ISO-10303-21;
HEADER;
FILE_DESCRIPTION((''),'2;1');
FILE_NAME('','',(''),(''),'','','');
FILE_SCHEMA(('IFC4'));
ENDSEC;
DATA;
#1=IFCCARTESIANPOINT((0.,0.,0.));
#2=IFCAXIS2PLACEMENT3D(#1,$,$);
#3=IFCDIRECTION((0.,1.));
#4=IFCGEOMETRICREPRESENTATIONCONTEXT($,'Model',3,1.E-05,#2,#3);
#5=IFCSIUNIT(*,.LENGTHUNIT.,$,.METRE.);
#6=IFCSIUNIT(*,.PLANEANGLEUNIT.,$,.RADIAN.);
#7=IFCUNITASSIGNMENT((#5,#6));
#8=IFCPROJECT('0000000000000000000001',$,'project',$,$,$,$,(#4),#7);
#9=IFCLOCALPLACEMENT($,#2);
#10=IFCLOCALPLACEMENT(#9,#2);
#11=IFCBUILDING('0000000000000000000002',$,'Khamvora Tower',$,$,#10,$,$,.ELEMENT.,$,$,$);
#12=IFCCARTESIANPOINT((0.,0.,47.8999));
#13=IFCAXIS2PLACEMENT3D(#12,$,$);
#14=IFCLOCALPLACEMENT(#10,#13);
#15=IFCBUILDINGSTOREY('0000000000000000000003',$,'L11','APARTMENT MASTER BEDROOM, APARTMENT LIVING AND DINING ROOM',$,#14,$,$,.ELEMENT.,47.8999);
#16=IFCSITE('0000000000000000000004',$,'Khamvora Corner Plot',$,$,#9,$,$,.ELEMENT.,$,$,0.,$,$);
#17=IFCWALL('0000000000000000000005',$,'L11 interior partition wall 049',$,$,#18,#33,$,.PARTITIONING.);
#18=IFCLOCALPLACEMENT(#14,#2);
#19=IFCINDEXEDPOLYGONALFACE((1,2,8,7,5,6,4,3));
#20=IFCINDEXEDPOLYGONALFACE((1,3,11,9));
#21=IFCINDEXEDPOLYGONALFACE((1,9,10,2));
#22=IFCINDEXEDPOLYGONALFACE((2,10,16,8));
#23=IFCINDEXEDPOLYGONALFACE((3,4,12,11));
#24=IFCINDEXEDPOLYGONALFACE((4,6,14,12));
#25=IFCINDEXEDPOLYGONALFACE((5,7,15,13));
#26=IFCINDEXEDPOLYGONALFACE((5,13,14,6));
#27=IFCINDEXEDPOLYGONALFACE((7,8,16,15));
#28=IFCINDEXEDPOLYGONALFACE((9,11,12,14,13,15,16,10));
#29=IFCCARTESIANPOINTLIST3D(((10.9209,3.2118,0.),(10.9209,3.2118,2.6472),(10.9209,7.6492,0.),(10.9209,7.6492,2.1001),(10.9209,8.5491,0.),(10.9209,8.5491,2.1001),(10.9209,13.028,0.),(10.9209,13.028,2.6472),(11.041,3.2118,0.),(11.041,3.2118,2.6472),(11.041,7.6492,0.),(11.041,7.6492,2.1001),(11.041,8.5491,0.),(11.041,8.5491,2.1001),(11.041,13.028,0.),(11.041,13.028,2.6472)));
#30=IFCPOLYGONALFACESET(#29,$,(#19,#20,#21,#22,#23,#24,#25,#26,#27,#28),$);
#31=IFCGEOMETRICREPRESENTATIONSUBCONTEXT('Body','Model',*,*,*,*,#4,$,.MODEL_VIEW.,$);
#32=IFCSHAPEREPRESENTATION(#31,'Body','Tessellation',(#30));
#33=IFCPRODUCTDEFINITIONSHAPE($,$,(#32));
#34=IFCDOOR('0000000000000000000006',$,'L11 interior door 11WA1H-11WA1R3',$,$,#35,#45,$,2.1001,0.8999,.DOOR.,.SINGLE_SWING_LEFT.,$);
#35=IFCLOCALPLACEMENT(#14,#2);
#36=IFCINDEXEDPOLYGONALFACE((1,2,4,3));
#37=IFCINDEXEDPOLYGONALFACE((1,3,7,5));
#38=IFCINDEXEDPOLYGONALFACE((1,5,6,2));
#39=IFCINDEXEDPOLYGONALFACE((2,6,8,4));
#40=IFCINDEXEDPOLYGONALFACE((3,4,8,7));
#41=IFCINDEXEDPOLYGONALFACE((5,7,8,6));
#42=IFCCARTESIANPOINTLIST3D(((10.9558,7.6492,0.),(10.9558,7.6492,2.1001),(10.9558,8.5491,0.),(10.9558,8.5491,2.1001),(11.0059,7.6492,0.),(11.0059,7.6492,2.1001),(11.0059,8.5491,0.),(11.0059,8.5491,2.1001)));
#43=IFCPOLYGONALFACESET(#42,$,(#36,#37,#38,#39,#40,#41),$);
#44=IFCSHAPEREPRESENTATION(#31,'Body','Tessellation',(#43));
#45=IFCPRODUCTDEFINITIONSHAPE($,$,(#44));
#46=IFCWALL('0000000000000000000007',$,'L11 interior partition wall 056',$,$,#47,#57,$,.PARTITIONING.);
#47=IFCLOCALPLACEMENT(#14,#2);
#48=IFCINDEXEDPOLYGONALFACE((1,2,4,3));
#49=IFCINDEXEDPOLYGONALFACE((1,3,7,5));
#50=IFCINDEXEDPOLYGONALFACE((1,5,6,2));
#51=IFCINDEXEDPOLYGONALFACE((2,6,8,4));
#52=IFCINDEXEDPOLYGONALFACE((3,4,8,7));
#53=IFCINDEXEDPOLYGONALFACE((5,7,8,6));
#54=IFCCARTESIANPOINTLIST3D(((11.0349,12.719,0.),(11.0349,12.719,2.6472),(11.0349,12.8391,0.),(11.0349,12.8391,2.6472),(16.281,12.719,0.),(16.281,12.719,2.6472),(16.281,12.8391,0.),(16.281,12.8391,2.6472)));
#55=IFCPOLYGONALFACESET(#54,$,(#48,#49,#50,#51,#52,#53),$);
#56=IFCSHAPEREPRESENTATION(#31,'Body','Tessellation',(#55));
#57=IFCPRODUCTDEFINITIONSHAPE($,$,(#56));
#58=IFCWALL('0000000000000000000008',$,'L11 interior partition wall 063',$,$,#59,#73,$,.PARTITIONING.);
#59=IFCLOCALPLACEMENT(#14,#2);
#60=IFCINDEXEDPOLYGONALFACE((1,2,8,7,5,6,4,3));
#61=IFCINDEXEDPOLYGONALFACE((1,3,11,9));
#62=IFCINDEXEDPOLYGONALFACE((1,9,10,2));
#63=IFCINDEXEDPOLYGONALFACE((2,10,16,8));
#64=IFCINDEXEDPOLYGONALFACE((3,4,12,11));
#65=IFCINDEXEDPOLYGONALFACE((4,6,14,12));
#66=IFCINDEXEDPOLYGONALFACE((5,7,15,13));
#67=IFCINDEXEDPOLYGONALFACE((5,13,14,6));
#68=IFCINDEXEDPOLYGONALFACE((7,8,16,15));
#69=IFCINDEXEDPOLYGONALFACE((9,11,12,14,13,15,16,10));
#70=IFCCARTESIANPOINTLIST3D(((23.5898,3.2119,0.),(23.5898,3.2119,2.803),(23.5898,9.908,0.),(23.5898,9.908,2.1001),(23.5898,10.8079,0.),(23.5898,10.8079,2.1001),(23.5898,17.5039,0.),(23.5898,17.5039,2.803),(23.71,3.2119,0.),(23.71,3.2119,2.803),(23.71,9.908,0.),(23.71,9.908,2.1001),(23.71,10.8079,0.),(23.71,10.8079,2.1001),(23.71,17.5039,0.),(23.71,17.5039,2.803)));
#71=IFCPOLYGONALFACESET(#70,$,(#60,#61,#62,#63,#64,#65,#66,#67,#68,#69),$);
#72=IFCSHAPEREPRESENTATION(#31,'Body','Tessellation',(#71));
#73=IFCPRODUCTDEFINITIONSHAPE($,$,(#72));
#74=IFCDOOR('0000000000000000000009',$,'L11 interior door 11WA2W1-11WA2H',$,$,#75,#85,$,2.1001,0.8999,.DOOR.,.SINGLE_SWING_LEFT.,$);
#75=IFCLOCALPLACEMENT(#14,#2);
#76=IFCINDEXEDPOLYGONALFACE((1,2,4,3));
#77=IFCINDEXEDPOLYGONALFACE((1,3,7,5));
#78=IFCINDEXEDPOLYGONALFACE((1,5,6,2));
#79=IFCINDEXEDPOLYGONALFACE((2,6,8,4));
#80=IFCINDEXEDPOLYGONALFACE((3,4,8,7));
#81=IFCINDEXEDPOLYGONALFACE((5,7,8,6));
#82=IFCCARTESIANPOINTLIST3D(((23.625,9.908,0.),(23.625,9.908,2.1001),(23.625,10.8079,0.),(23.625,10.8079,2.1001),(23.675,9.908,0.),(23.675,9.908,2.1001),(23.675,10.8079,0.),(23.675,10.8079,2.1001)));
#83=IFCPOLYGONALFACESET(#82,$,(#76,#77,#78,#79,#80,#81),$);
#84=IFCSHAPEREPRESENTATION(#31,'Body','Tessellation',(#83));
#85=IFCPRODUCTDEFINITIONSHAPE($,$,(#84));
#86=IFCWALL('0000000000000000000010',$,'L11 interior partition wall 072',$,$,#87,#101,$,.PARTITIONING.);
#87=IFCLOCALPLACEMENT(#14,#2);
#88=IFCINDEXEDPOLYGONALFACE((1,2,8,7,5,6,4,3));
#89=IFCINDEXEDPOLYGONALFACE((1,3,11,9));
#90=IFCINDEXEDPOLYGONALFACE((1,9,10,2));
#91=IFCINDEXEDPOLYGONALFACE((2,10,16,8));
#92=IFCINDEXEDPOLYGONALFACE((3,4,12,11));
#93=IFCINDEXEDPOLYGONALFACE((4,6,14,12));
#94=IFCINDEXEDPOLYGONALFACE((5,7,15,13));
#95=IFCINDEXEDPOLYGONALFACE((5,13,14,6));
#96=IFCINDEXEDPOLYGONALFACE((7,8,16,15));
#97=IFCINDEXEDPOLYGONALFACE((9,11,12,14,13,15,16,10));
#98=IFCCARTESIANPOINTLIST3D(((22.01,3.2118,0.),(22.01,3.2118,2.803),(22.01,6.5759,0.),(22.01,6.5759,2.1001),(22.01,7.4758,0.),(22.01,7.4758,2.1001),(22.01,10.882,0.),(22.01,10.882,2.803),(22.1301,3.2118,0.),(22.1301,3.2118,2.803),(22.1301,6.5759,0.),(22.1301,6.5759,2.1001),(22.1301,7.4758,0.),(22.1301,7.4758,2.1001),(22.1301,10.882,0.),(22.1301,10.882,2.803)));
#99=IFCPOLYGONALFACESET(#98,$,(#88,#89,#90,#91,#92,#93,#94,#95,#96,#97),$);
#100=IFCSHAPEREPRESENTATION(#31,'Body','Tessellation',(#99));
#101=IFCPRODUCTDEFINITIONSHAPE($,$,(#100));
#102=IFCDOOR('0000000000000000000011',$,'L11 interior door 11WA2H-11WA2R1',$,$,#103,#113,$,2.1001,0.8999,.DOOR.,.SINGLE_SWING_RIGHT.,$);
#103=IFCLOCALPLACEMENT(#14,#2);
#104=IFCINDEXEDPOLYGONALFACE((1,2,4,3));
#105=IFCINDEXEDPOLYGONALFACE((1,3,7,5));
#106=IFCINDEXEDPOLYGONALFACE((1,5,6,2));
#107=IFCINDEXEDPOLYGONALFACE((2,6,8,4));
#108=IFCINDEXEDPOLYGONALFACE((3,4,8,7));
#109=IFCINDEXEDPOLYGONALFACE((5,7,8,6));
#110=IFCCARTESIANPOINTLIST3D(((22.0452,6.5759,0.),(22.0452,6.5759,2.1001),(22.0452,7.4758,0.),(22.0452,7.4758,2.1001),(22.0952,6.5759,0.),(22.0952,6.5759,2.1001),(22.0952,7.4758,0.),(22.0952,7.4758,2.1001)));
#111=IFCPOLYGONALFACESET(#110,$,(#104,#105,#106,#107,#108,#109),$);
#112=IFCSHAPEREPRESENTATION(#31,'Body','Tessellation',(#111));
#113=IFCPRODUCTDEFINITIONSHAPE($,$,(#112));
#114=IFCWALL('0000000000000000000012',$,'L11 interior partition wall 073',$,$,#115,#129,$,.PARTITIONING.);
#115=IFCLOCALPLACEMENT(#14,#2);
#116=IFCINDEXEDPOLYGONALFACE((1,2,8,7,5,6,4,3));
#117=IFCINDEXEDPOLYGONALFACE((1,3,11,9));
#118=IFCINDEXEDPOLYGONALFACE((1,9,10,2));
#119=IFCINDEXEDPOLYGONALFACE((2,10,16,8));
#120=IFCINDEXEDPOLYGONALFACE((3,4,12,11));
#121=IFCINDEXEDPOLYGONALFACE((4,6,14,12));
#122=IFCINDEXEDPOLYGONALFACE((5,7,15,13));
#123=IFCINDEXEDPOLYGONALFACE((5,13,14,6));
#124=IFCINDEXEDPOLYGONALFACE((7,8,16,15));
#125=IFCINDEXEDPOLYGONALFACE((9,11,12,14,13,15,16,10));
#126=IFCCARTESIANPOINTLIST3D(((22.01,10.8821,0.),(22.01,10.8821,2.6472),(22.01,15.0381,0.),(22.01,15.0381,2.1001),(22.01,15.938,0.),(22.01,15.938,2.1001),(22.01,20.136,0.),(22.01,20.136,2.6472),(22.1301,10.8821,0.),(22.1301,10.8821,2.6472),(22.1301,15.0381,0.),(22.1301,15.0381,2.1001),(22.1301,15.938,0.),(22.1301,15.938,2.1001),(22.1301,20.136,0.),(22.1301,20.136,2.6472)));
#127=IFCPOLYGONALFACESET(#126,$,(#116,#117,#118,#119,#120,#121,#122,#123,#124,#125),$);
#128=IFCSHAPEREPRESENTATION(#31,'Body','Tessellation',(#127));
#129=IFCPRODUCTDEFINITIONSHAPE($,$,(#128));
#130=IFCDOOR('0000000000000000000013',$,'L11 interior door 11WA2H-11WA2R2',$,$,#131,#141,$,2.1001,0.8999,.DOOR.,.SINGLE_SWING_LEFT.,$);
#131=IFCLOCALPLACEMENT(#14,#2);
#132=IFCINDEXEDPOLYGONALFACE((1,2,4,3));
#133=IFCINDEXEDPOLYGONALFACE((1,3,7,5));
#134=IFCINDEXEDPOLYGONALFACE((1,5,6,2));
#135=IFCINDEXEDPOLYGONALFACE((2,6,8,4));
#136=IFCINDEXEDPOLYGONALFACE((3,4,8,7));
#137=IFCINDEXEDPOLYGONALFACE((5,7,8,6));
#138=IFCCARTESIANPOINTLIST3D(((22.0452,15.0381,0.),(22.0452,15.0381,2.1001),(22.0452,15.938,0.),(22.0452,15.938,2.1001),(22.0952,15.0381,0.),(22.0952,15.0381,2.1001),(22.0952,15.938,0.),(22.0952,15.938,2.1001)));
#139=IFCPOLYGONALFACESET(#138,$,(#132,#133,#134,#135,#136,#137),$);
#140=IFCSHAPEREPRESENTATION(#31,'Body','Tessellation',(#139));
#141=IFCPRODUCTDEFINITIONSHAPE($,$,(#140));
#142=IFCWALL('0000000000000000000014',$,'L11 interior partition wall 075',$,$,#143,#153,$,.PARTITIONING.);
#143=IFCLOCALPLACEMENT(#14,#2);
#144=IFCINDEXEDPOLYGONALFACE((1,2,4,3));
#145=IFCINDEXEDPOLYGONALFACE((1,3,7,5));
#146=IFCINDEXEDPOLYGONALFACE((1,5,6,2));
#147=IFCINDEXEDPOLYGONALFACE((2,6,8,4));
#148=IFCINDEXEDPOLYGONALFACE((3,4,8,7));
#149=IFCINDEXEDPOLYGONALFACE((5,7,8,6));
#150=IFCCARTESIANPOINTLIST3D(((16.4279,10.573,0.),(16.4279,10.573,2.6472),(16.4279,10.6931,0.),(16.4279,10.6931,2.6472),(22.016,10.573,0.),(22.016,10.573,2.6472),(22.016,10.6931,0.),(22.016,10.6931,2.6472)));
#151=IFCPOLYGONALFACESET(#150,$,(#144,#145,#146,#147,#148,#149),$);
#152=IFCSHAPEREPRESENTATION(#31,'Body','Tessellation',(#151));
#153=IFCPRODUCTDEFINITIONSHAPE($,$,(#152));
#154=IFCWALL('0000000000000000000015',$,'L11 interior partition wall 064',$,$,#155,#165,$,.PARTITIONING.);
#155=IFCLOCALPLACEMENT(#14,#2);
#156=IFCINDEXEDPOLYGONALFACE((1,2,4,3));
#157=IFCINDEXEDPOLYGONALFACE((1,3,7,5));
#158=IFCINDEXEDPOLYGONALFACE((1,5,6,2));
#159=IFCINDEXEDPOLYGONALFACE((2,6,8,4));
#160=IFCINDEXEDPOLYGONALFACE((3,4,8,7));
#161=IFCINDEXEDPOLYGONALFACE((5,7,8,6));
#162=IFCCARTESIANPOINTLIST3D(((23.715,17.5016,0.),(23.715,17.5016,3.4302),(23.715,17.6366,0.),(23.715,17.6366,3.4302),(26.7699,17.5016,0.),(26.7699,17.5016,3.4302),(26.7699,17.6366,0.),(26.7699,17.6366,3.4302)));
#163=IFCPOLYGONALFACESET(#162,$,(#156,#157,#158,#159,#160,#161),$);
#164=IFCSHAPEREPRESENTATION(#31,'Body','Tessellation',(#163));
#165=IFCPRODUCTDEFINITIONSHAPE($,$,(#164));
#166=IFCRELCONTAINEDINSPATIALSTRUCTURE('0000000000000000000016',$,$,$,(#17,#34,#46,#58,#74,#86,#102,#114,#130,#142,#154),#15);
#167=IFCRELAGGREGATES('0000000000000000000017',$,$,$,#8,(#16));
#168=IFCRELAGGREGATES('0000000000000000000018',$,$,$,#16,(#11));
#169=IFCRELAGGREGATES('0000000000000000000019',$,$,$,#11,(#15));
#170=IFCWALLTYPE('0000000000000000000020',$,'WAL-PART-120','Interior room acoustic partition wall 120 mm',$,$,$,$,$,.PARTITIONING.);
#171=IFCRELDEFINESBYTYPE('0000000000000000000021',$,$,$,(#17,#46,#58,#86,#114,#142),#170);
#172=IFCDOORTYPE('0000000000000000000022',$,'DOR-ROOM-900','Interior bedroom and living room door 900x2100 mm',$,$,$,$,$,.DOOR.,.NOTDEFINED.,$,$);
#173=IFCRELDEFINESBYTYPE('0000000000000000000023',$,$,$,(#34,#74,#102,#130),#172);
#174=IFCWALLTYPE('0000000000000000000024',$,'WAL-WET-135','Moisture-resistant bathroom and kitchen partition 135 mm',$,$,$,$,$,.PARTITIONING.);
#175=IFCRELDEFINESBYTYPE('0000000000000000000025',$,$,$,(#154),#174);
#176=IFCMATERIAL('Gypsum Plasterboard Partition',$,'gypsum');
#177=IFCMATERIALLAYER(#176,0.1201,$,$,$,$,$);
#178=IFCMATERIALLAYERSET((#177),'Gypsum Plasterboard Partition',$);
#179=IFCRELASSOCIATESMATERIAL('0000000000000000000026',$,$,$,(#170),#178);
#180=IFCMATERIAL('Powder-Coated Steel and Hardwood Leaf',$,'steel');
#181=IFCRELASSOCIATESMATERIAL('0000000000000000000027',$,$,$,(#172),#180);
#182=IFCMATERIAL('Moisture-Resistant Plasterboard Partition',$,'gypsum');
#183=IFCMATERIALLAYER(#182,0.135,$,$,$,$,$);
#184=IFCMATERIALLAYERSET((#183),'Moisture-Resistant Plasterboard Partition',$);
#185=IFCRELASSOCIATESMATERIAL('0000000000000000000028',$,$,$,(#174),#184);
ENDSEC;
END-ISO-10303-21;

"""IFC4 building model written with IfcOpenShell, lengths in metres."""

from ifc_helpers import new_model, si_unit, direction, frame, frame_2d, origin, place, context, subcontext, project, spatial, rectangle, extrude, material, layer, layer_set, type_object, element, fill, save


model = new_model("IFC4")

# Units and contexts
model_context = context("Model", 3, precision=1e-05, world=origin(), true_north=direction((0.0, 1.0)))
body_context = subcontext(model_context, "Body", "Model", "MODEL_VIEW")
ifc_project = project(units=[si_unit("LENGTHUNIT", "METRE"), si_unit("PLANEANGLEUNIT", "RADIAN")], contexts=[model_context])

# Site, building, storey
site_placement = place(None, origin())
site = spatial("IfcSite", under=ifc_project, at=site_placement, Name="Khamvora Corner Plot", CompositionType="ELEMENT", RefElevation=0.0)
building_placement = place(site_placement, origin())
building = spatial("IfcBuilding", under=site, at=building_placement, Name="Khamvora Tower", CompositionType="ELEMENT")
storey_placement = place(building_placement, frame((0.0, 0.0, 47.8999)))
storey = spatial("IfcBuildingStorey", under=building, at=storey_placement, Name="L11", Description="APARTMENT MASTER BEDROOM, APARTMENT LIVING AND DINING ROOM", CompositionType="ELEMENT", Elevation=47.8999)

# Wall, opening, door
ifc_material_1 = material(Name="Gypsum Plasterboard Partition", Category="gypsum")
ifc_layer_1 = layer(ifc_material_1, 0.1201)
ifc_layer_set_1 = layer_set([ifc_layer_1], Name="Gypsum Plasterboard Partition")
wall_type_1 = type_object("IfcWallType", Name="WAL-PART-120", Description="Interior room acoustic partition wall 120 mm", PredefinedType="PARTITIONING", material=ifc_layer_set_1)
wall_1_placement = place(storey_placement, frame((10.981, 13.0281, 0.0), z_axis=(0.0, 0.0, 1.0), x_axis=(0.0, -1.0, 0.0)))
wall_1 = element("IfcWall", 1, at=wall_1_placement, inside=storey, type_object=wall_type_1, Name="L11 interior partition wall 049", PredefinedType="PARTITIONING", context=body_context, shape_type="SweptSolid", body=[
    extrude(rectangle(XDim=9.8162, YDim=0.1201, at=frame_2d((4.9082, 0.0))), origin(), (0.0, 0.0, 1.0), 2.6472),
])
opening_1_placement = place(wall_1_placement, frame((4.479, 0.0, 0.0)))
opening_1 = element("IfcOpeningElement", 2, at=opening_1_placement, cuts=wall_1, PredefinedType="OPENING", context=body_context, shape_type="SweptSolid", body=[
    extrude(rectangle(XDim=0.8999, YDim=2.1001, at=frame_2d((0.45, 1.05))), frame((0.0, 0.0701, 0.0), z_axis=(0.0, -1.0, 0.0), x_axis=(1.0, 0.0, 0.0)), (0.0, 0.0, 1.0), 0.1401),
])
ifc_material_2 = material(Name="Powder-Coated Steel and Hardwood Leaf", Category="steel")
door_type_1 = type_object("IfcDoorType", Name="DOR-ROOM-900", Description="Interior bedroom and living room door 900x2100 mm", OperationType="NOTDEFINED", PredefinedType="DOOR", material=ifc_material_2)
door_1_placement = place(opening_1_placement, origin())
door_1 = element("IfcDoor", 3, at=door_1_placement, inside=storey, type_object=door_type_1, Name="L11 interior door 11WA1H-11WA1R3", OperationType="SINGLE_SWING_LEFT", OverallHeight=2.1001, OverallWidth=0.8999, PredefinedType="DOOR", context=body_context, shape_type="SweptSolid", body=[
    extrude(rectangle(XDim=0.8999, YDim=2.1001, at=frame_2d((0.45, 1.05))), frame((0.0, 0.0249, 0.0), z_axis=(0.0, -1.0, 0.0), x_axis=(1.0, 0.0, 0.0)), (0.0, 0.0, 1.0), 0.05),
])
fill(opening_1, door_1)

# Wall
wall_2_placement = place(storey_placement, frame((11.0349, 12.7791, 0.0), z_axis=(0.0, 0.0, 1.0), x_axis=(1.0, 0.0, 0.0)))
element("IfcWall", 4, at=wall_2_placement, inside=storey, type_object=wall_type_1, Name="L11 interior partition wall 056", PredefinedType="PARTITIONING", context=body_context, shape_type="SweptSolid", body=[
    extrude(rectangle(XDim=5.2461, YDim=0.1201, at=frame_2d((2.623, 0.0))), origin(), (0.0, 0.0, 1.0), 2.6472),
])

# Walls, openings, doors
wall_3_placement = place(storey_placement, frame((23.6499, 3.2119, 0.0), z_axis=(0.0, 0.0, 1.0), x_axis=(0.0, 1.0, 0.0)))
wall_3 = element("IfcWall", 5, at=wall_3_placement, inside=storey, type_object=wall_type_1, Name="L11 interior partition wall 063", PredefinedType="PARTITIONING", context=body_context, shape_type="SweptSolid", body=[
    extrude(rectangle(XDim=14.292, YDim=0.1201, at=frame_2d((7.146, 0.0))), origin(), (0.0, 0.0, 1.0), 2.803),
])
opening_2_placement = place(wall_3_placement, frame((6.696, 0.0, 0.0)))
opening_2 = element("IfcOpeningElement", 6, at=opening_2_placement, cuts=wall_3, PredefinedType="OPENING", context=body_context, shape_type="SweptSolid", body=[
    extrude(rectangle(XDim=0.8999, YDim=2.1001, at=frame_2d((0.45, 1.05))), frame((0.0, 0.0701, 0.0), z_axis=(0.0, -1.0, 0.0), x_axis=(1.0, 0.0, 0.0)), (0.0, 0.0, 1.0), 0.1401),
])
door_2_placement = place(opening_2_placement, origin())
door_2 = element("IfcDoor", 7, at=door_2_placement, inside=storey, type_object=door_type_1, Name="L11 interior door 11WA2W1-11WA2H", OperationType="SINGLE_SWING_LEFT", OverallHeight=2.1001, OverallWidth=0.8999, PredefinedType="DOOR", context=body_context, shape_type="SweptSolid", body=[
    extrude(rectangle(XDim=0.8999, YDim=2.1001, at=frame_2d((0.45, 1.05))), frame((0.0, 0.0249, 0.0), z_axis=(0.0, -1.0, 0.0), x_axis=(1.0, 0.0, 0.0)), (0.0, 0.0, 1.0), 0.05),
])
fill(opening_2, door_2)
wall_4_placement = place(storey_placement, frame((22.0701, 3.2119, 0.0), z_axis=(0.0, 0.0, 1.0), x_axis=(0.0, 1.0, 0.0)))
wall_4 = element("IfcWall", 8, at=wall_4_placement, inside=storey, type_object=wall_type_1, Name="L11 interior partition wall 072", PredefinedType="PARTITIONING", context=body_context, shape_type="SweptSolid", body=[
    extrude(rectangle(XDim=7.6702, YDim=0.1201, at=frame_2d((3.835, 0.0))), origin(), (0.0, 0.0, 1.0), 2.803),
])
opening_3_placement = place(wall_4_placement, frame((3.364, 0.0, 0.0)))
opening_3 = element("IfcOpeningElement", 9, at=opening_3_placement, cuts=wall_4, PredefinedType="OPENING", context=body_context, shape_type="SweptSolid", body=[
    extrude(rectangle(XDim=0.8999, YDim=2.1001, at=frame_2d((0.45, 1.05))), frame((0.0, 0.0701, 0.0), z_axis=(0.0, -1.0, 0.0), x_axis=(1.0, 0.0, 0.0)), (0.0, 0.0, 1.0), 0.1401),
])
door_3_placement = place(opening_3_placement, origin())
door_3 = element("IfcDoor", 10, at=door_3_placement, inside=storey, type_object=door_type_1, Name="L11 interior door 11WA2H-11WA2R1", OperationType="SINGLE_SWING_RIGHT", OverallHeight=2.1001, OverallWidth=0.8999, PredefinedType="DOOR", context=body_context, shape_type="SweptSolid", body=[
    extrude(rectangle(XDim=0.8999, YDim=2.1001, at=frame_2d((0.45, 1.05))), frame((0.0, 0.0249, 0.0), z_axis=(0.0, -1.0, 0.0), x_axis=(1.0, 0.0, 0.0)), (0.0, 0.0, 1.0), 0.05),
])
fill(opening_3, door_3)
wall_5_placement = place(storey_placement, frame((22.0701, 10.8821, 0.0), z_axis=(0.0, 0.0, 1.0), x_axis=(0.0, 1.0, 0.0)))
wall_5 = element("IfcWall", 11, at=wall_5_placement, inside=storey, type_object=wall_type_1, Name="L11 interior partition wall 073", PredefinedType="PARTITIONING", context=body_context, shape_type="SweptSolid", body=[
    extrude(rectangle(XDim=9.2539, YDim=0.1201, at=frame_2d((4.627, 0.0))), origin(), (0.0, 0.0, 1.0), 2.6472),
])
opening_4_placement = place(wall_5_placement, frame((4.156, 0.0, 0.0)))
opening_4 = element("IfcOpeningElement", 12, at=opening_4_placement, cuts=wall_5, PredefinedType="OPENING", context=body_context, shape_type="SweptSolid", body=[
    extrude(rectangle(XDim=0.8999, YDim=2.1001, at=frame_2d((0.45, 1.05))), frame((0.0, 0.0701, 0.0), z_axis=(0.0, -1.0, 0.0), x_axis=(1.0, 0.0, 0.0)), (0.0, 0.0, 1.0), 0.1401),
])
door_4_placement = place(opening_4_placement, origin())
door_4 = element("IfcDoor", 13, at=door_4_placement, inside=storey, type_object=door_type_1, Name="L11 interior door 11WA2H-11WA2R2", OperationType="SINGLE_SWING_LEFT", OverallHeight=2.1001, OverallWidth=0.8999, PredefinedType="DOOR", context=body_context, shape_type="SweptSolid", body=[
    extrude(rectangle(XDim=0.8999, YDim=2.1001, at=frame_2d((0.45, 1.05))), frame((0.0, 0.0249, 0.0), z_axis=(0.0, -1.0, 0.0), x_axis=(1.0, 0.0, 0.0)), (0.0, 0.0, 1.0), 0.05),
])
fill(opening_4, door_4)

# Walls
wall_6_placement = place(storey_placement, frame((16.428, 10.6331, 0.0), z_axis=(0.0, 0.0, 1.0), x_axis=(1.0, 0.0, 0.0)))
element("IfcWall", 14, at=wall_6_placement, inside=storey, type_object=wall_type_1, Name="L11 interior partition wall 075", PredefinedType="PARTITIONING", context=body_context, shape_type="SweptSolid", body=[
    extrude(rectangle(XDim=5.5881, YDim=0.1201, at=frame_2d((2.7939, 0.0))), origin(), (0.0, 0.0, 1.0), 2.6472),
])
ifc_material_3 = material(Name="Moisture-Resistant Plasterboard Partition", Category="gypsum")
ifc_layer_2 = layer(ifc_material_3, 0.135)
ifc_layer_set_2 = layer_set([ifc_layer_2], Name="Moisture-Resistant Plasterboard Partition")
wall_type_2 = type_object("IfcWallType", Name="WAL-WET-135", Description="Moisture-resistant bathroom and kitchen partition 135 mm", PredefinedType="PARTITIONING", material=ifc_layer_set_2)
wall_7_placement = place(storey_placement, frame((23.7151, 17.5691, 0.0), z_axis=(0.0, 0.0, 1.0), x_axis=(1.0, 0.0, 0.0)))
element("IfcWall", 15, at=wall_7_placement, inside=storey, type_object=wall_type_2, Name="L11 interior partition wall 064", PredefinedType="PARTITIONING", context=body_context, shape_type="SweptSolid", body=[
    extrude(rectangle(XDim=3.0549, YDim=0.135, at=frame_2d((1.5273, 0.0))), origin(), (0.0, 0.0, 1.0), 3.4302),
])

save(model, "model.ifc")
